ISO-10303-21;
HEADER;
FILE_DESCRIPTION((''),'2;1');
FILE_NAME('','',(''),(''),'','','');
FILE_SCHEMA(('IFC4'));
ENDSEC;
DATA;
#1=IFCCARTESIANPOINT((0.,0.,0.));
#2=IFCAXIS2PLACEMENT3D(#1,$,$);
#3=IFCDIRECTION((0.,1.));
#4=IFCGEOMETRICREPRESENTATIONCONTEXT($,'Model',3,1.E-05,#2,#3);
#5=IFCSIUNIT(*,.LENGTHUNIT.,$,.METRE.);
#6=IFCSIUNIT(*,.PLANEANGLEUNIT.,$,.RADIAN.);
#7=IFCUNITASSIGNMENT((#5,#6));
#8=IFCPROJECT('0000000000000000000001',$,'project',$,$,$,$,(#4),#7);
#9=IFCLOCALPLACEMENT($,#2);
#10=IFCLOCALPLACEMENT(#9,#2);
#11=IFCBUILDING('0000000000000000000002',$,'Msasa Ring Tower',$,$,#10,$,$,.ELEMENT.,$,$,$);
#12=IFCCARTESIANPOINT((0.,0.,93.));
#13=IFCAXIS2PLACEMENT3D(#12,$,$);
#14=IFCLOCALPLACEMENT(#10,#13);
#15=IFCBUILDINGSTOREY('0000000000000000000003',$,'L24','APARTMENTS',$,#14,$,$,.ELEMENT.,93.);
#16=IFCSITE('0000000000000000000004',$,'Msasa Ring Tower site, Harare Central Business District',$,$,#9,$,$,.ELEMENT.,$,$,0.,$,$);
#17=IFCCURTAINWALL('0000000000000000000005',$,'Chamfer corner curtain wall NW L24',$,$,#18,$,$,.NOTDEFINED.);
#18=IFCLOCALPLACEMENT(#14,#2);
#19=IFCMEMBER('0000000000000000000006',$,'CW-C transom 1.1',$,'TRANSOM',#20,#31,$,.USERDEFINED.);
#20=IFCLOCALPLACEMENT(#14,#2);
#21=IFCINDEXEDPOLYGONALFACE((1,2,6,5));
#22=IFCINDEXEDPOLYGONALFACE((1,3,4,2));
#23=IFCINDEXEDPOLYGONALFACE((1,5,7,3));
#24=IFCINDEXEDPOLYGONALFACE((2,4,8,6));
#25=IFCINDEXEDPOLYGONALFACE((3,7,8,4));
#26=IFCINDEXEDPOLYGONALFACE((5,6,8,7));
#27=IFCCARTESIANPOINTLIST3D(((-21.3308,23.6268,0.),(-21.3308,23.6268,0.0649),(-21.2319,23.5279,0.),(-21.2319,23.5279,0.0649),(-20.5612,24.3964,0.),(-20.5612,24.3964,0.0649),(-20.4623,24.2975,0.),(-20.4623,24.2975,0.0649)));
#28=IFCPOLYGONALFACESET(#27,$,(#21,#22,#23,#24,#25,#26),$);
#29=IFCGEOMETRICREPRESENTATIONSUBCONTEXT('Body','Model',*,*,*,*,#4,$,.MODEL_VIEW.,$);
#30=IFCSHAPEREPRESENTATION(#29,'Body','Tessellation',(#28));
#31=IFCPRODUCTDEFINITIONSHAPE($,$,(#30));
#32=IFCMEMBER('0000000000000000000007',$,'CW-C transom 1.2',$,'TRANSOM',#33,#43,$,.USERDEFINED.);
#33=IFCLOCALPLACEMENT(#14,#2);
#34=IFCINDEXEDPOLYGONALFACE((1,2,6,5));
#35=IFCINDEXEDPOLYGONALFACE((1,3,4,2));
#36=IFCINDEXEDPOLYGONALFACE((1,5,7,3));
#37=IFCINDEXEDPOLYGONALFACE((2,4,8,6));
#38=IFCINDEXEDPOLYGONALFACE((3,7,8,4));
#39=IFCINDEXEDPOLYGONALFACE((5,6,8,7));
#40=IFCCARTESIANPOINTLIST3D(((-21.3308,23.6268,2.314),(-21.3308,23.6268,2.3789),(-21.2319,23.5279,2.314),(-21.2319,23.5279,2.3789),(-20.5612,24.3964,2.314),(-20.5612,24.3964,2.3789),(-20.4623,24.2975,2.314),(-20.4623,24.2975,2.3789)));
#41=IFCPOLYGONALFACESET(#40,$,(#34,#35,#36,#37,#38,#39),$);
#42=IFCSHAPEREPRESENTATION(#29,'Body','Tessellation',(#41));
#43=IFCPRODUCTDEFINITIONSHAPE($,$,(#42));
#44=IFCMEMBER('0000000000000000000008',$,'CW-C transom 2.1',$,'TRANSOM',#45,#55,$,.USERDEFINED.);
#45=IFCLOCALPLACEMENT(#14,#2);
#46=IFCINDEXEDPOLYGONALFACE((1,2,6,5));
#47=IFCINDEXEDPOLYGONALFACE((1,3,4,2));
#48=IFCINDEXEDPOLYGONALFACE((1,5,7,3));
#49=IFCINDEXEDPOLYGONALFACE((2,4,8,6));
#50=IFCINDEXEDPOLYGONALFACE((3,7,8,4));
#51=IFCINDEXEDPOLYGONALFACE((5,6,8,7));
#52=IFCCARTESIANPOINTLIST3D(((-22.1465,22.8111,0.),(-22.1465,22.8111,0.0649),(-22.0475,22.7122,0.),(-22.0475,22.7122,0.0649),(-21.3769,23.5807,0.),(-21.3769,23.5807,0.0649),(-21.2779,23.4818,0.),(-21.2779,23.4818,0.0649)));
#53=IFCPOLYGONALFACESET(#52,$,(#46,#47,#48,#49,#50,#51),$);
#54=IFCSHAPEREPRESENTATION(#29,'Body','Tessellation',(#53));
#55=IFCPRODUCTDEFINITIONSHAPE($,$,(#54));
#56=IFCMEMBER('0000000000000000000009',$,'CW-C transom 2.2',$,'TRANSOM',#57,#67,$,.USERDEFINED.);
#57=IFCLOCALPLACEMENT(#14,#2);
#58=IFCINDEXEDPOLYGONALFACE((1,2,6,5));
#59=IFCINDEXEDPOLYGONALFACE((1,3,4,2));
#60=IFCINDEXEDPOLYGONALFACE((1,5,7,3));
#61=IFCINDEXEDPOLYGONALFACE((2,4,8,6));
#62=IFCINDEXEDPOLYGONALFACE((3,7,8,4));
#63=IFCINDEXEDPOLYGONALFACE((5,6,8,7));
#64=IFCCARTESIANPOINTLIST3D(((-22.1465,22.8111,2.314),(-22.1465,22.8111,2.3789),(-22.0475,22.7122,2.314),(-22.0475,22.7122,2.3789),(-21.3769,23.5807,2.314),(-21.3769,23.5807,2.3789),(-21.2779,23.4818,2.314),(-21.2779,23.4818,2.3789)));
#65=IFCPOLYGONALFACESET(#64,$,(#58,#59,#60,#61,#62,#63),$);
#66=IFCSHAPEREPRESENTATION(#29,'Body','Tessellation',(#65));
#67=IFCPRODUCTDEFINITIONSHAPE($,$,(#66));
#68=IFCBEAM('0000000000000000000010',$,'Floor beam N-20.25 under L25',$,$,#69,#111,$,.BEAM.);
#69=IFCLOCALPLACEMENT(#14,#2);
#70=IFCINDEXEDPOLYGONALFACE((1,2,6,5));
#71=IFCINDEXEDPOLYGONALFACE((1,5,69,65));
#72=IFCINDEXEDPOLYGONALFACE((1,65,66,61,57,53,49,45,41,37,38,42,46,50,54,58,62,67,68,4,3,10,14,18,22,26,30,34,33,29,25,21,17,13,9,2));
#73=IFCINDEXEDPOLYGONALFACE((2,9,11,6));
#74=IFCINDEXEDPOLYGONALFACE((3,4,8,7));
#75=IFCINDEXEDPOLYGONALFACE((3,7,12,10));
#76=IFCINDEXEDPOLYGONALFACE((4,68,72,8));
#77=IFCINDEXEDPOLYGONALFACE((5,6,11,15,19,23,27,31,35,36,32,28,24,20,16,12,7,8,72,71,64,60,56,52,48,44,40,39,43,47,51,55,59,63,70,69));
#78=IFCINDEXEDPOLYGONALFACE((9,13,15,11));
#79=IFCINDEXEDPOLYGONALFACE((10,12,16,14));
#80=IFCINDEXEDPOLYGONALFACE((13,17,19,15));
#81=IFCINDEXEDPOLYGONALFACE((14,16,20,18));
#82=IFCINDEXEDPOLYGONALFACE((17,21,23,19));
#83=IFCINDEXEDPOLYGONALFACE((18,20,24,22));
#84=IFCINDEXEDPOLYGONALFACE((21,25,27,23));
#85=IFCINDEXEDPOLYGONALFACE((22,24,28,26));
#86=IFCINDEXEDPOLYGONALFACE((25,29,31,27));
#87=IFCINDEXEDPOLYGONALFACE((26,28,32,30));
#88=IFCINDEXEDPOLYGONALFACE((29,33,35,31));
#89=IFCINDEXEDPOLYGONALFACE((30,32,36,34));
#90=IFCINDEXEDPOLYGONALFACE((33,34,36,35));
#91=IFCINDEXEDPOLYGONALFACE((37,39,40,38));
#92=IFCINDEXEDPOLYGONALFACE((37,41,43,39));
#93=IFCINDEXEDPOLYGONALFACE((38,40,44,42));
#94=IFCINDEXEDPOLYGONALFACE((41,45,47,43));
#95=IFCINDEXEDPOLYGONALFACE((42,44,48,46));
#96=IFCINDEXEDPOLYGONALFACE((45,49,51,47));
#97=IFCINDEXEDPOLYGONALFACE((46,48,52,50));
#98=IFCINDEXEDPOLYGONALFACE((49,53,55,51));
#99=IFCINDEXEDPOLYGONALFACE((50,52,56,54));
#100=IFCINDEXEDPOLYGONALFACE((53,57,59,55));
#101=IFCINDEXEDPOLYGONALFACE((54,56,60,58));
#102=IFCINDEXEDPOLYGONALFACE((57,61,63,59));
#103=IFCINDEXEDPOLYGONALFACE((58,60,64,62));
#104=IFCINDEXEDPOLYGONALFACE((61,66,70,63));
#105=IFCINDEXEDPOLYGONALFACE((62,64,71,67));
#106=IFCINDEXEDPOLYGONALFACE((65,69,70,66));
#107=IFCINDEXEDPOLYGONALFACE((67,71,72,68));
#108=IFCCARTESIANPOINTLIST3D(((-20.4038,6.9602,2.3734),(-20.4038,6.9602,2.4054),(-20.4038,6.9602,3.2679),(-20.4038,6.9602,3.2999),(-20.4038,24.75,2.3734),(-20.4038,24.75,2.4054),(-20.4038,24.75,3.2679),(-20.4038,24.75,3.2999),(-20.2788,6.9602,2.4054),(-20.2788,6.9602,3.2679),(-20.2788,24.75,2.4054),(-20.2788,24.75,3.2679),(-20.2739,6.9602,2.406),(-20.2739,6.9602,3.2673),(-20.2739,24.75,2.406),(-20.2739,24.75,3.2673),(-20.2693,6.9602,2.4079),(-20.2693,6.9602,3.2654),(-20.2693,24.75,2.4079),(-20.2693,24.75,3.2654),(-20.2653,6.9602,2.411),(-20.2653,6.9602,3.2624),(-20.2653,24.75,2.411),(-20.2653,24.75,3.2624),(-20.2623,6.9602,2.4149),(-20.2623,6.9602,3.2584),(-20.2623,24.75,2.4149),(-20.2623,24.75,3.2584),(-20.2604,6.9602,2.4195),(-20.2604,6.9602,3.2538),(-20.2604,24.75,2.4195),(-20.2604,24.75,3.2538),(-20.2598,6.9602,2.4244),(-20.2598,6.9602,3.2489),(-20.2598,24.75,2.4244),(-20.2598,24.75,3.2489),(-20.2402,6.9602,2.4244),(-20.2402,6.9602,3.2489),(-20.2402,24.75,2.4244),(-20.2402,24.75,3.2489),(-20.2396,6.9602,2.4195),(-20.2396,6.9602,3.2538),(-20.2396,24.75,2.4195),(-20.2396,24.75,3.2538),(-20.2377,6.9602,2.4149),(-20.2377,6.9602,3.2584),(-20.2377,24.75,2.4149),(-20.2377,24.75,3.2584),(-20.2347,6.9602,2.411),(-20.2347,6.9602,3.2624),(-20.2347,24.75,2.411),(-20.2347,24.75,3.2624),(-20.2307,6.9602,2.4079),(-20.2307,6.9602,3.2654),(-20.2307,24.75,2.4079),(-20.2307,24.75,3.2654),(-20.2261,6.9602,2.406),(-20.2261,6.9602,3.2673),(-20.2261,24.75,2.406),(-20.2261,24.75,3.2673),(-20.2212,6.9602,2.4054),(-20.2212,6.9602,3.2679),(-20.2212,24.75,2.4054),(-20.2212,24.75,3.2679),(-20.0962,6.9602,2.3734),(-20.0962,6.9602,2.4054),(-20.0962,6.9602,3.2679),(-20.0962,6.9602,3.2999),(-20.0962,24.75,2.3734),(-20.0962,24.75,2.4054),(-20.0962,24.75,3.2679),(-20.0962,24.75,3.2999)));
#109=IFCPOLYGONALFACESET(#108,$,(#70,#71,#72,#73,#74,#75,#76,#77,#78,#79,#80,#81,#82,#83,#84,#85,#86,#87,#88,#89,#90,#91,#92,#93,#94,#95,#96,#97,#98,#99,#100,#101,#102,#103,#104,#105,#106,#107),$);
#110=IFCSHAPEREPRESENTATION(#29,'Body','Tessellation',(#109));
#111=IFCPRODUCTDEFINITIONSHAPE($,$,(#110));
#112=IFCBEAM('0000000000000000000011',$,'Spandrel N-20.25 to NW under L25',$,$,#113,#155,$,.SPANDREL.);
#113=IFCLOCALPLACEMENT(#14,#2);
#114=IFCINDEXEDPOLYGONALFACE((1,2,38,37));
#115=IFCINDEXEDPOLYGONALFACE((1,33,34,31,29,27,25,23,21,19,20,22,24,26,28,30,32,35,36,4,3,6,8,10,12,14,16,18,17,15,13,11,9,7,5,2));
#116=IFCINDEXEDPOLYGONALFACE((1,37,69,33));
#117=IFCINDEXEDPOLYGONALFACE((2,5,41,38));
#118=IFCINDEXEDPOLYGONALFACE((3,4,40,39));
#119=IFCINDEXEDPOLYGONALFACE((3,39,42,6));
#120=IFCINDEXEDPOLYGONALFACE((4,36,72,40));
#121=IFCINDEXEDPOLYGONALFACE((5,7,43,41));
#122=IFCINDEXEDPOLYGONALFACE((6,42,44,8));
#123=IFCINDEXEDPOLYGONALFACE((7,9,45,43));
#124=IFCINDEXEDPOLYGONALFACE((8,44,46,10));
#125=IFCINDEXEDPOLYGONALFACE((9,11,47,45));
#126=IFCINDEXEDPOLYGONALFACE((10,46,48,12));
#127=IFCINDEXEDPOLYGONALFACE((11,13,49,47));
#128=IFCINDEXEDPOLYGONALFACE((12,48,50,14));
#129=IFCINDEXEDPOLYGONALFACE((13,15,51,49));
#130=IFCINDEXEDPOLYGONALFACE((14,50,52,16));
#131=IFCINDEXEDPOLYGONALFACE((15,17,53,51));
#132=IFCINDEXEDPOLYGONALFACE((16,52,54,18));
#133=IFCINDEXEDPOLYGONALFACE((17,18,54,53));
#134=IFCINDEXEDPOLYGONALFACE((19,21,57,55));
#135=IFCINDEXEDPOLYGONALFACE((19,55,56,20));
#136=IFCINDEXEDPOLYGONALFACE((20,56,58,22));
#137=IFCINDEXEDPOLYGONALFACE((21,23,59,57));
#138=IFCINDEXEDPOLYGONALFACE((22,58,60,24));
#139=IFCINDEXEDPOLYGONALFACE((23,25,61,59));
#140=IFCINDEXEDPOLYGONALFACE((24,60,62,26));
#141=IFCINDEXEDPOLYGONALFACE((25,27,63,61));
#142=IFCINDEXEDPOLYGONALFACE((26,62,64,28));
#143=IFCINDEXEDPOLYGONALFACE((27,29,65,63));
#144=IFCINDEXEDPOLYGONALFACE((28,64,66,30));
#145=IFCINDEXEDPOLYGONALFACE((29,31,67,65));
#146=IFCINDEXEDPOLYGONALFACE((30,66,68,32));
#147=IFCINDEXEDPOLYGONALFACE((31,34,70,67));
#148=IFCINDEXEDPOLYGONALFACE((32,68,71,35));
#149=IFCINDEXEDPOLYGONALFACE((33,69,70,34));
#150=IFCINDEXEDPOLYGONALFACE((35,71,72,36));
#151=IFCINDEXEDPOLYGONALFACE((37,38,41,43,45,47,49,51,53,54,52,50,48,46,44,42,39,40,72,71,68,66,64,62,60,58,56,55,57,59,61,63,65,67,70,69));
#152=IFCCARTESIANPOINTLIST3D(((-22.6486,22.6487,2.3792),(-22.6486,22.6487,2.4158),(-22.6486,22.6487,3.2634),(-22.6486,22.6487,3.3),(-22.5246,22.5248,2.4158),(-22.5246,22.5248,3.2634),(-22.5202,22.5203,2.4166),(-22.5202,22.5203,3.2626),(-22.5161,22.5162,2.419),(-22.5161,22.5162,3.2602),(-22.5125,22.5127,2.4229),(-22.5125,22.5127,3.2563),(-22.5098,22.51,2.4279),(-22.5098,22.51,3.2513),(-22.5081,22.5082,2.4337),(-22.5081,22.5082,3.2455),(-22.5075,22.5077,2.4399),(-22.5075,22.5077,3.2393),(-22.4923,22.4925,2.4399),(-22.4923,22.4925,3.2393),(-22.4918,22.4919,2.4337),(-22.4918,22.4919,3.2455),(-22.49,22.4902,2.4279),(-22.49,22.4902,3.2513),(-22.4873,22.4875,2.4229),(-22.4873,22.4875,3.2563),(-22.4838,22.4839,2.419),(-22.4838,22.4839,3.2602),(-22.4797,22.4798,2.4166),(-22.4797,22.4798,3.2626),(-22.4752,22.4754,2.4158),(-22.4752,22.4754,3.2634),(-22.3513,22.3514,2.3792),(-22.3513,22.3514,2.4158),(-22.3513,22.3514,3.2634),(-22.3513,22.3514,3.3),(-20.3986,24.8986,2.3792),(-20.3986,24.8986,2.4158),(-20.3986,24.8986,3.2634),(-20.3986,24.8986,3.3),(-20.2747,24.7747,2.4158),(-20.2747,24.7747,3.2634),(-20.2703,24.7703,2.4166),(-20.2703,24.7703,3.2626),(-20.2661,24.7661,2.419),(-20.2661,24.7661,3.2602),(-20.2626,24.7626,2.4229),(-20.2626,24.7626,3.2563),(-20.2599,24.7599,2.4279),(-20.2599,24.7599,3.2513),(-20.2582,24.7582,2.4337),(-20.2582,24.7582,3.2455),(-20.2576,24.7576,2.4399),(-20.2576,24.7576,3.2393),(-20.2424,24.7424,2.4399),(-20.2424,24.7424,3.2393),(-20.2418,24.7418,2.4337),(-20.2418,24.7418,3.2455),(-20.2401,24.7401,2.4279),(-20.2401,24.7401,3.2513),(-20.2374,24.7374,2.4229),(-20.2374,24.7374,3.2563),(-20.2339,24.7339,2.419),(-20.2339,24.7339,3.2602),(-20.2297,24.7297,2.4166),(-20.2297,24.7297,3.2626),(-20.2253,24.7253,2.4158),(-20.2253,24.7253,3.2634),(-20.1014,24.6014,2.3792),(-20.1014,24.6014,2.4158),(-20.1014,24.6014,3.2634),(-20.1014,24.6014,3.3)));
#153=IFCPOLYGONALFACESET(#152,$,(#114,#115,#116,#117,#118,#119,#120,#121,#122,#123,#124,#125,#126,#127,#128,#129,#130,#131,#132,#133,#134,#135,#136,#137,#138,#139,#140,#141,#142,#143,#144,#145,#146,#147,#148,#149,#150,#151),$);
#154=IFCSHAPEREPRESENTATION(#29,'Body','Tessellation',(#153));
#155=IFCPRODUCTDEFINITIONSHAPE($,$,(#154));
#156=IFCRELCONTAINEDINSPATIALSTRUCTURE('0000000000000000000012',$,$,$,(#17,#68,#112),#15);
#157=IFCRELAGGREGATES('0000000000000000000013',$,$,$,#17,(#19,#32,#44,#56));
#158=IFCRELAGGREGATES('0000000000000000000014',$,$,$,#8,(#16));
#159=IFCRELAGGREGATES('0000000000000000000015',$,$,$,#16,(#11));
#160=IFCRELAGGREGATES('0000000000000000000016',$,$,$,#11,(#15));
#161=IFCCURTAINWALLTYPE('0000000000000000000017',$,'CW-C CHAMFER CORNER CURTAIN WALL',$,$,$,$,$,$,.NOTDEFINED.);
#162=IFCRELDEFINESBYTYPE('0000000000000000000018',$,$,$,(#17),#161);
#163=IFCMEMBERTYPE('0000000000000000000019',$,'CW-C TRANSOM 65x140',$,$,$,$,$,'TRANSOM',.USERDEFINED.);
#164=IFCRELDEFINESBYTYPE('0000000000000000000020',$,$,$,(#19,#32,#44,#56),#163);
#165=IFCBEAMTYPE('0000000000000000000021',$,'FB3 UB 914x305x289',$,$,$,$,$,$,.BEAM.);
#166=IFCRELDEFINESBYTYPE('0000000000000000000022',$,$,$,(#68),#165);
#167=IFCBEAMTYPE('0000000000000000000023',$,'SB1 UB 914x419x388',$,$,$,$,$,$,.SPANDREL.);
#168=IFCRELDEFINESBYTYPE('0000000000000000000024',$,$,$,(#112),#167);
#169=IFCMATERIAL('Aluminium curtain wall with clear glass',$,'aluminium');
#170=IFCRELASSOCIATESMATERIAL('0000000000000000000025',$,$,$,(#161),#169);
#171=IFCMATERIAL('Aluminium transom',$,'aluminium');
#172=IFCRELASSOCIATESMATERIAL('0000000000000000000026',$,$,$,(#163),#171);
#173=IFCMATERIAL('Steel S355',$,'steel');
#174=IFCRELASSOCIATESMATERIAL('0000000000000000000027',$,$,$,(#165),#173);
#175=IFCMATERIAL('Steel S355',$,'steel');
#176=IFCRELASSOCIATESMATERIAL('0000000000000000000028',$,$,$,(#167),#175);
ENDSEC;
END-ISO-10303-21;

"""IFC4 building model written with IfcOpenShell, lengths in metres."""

from ifc_helpers import new_model, si_unit, direction, frame, origin, origin_2d, place, context, subcontext, project, spatial, rectangle, i_section, extrude, material, material_profile, profile_set, type_object, element, aggregate, save


model = new_model("IFC4")

# Units and contexts
model_context = context("Model", 3, precision=1e-05, world=origin(), true_north=direction((0.0, 1.0)))
body_context = subcontext(model_context, "Body", "Model", "MODEL_VIEW")
ifc_project = project(units=[si_unit("LENGTHUNIT", "METRE"), si_unit("PLANEANGLEUNIT", "RADIAN")], contexts=[model_context])

# Site, building, storey
site_placement = place(None, origin())
site = spatial("IfcSite", under=ifc_project, at=site_placement, Name="Msasa Ring Tower site, Harare Central Business District", CompositionType="ELEMENT", RefElevation=0.0)
building_placement = place(site_placement, origin())
building = spatial("IfcBuilding", under=site, at=building_placement, Name="Msasa Ring Tower", CompositionType="ELEMENT")
storey_placement = place(building_placement, frame((0.0, 0.0, 93.0)))
storey = spatial("IfcBuildingStorey", under=building, at=storey_placement, Name="L24", Description="APARTMENTS", CompositionType="ELEMENT", Elevation=93.0)

# Curtain wall
ifc_material_1 = material(Name="Aluminium curtain wall with clear glass", Category="aluminium")
curtain_wall_type = type_object("IfcCurtainWallType", Name="CW-C CHAMFER CORNER CURTAIN WALL", PredefinedType="NOTDEFINED", material=ifc_material_1)
curtain_wall_1_placement = place(storey_placement, origin())
curtain_wall_1 = element("IfcCurtainWall", 1, at=curtain_wall_1_placement, inside=storey, type_object=curtain_wall_type, Name="Chamfer corner curtain wall NW L24", PredefinedType="NOTDEFINED")

# Members
ifc_material_2 = material(Name="Aluminium transom", Category="aluminium")
ifc_material_profile_1 = material_profile(ifc_material_2, rectangle(XDim=0.1399, YDim=0.0649, at=origin_2d()), Name="AL 65x140")
ifc_profile_set_1 = profile_set([ifc_material_profile_1], Name="Aluminium transom")
member_type_1 = type_object("IfcMemberType", Name="CW-C TRANSOM 65x140", ElementType="TRANSOM", PredefinedType="USERDEFINED", material=ifc_profile_set_1)
member_1_placement = place(storey_placement, frame((-20.5117, 24.3469, 0.0325), z_axis=(-0.707107, -0.707107, 0.0), x_axis=(0.707107, -0.707107, 0.0)))
member_1 = element("IfcMember", 2, at=member_1_placement, type_object=member_type_1, Name="CW-C transom 1.1", ObjectType="TRANSOM", PredefinedType="USERDEFINED", context=body_context, shape_type="SweptSolid", body=[
    extrude(rectangle(XDim=0.1399, YDim=0.0649, at=origin_2d()), origin(), (0.0, 0.0, 1.0), 1.0884),
])
member_2_placement = place(storey_placement, frame((-20.5117, 24.3469, 2.3464), z_axis=(-0.707107, -0.707107, 0.0), x_axis=(0.707107, -0.707107, 0.0)))
member_2 = element("IfcMember", 3, at=member_2_placement, type_object=member_type_1, Name="CW-C transom 1.2", ObjectType="TRANSOM", PredefinedType="USERDEFINED", context=body_context, shape_type="SweptSolid", body=[
    extrude(rectangle(XDim=0.1399, YDim=0.0649, at=origin_2d()), origin(), (0.0, 0.0, 1.0), 1.0884),
])
member_3_placement = place(storey_placement, frame((-21.3274, 23.5312, 0.0325), z_axis=(-0.707107, -0.707107, 0.0), x_axis=(0.707107, -0.707107, 0.0)))
member_3 = element("IfcMember", 4, at=member_3_placement, type_object=member_type_1, Name="CW-C transom 2.1", ObjectType="TRANSOM", PredefinedType="USERDEFINED", context=body_context, shape_type="SweptSolid", body=[
    extrude(rectangle(XDim=0.1399, YDim=0.0649, at=origin_2d()), origin(), (0.0, 0.0, 1.0), 1.0884),
])
member_4_placement = place(storey_placement, frame((-21.3274, 23.5312, 2.3464), z_axis=(-0.707107, -0.707107, 0.0), x_axis=(0.707107, -0.707107, 0.0)))
member_4 = element("IfcMember", 5, at=member_4_placement, type_object=member_type_1, Name="CW-C transom 2.2", ObjectType="TRANSOM", PredefinedType="USERDEFINED", context=body_context, shape_type="SweptSolid", body=[
    extrude(rectangle(XDim=0.1399, YDim=0.0649, at=origin_2d()), origin(), (0.0, 0.0, 1.0), 1.0884),
])

# Beams
ifc_material_3 = material(Name="Steel S355", Category="steel")
ifc_material_profile_2 = material_profile(ifc_material_3, i_section(OverallWidth=0.3076, OverallDepth=0.9265, WebThickness=0.0195, FlangeThickness=0.032, FilletRadius=0.019, at=origin_2d()), Name="UB 914x305x289")
ifc_profile_set_2 = profile_set([ifc_material_profile_2], Name="Steel S355")
beam_type_1 = type_object("IfcBeamType", Name="FB3 UB 914x305x289", PredefinedType="BEAM", material=ifc_profile_set_2)
beam_placement = place(storey_placement, frame((-20.25, 24.75, 2.8367), z_axis=(0.0, -1.0, 0.0), x_axis=(1.0, 0.0, 0.0)))
element("IfcBeam", 6, at=beam_placement, inside=storey, type_object=beam_type_1, Name="Floor beam N-20.25 under L25", PredefinedType="BEAM", context=body_context, shape_type="SweptSolid", body=[
    extrude(i_section(OverallWidth=0.3076, OverallDepth=0.9265, WebThickness=0.0195, FlangeThickness=0.032, FilletRadius=0.019, at=origin_2d()), origin(), (0.0, 0.0, 1.0), 17.7898),
])
ifc_material_4 = material(Name="Steel S355", Category="steel")
ifc_material_profile_3 = material_profile(ifc_material_4, i_section(OverallWidth=0.4204, OverallDepth=0.9209, WebThickness=0.0215, FlangeThickness=0.0366, FilletRadius=0.0242, at=origin_2d()), Name="UB 914x419x388")
ifc_profile_set_3 = profile_set([ifc_material_profile_3], Name="Steel S355")
beam_type_2 = type_object("IfcBeamType", Name="SB1 UB 914x419x388", PredefinedType="SPANDREL", material=ifc_profile_set_3)
for number, where, z_axis, x_axis, name in (
    (7, (-20.25, 24.75, 2.8396), (-0.707107, -0.707107, 0.0), (0.707107, -0.707107, 0.0), "Spandrel N-20.25 to NW under L25"),
):
    element("IfcBeam", number, at=place(storey_placement, frame(where, z_axis=z_axis, x_axis=x_axis)), inside=storey, type_object=beam_type_2, Name=name, PredefinedType="SPANDREL", context=body_context, shape_type="SweptSolid", body=[
        extrude(i_section(OverallWidth=0.4204, OverallDepth=0.9209, WebThickness=0.0215, FlangeThickness=0.0366, FilletRadius=0.0242, at=origin_2d()), origin(), (0.0, 0.0, 1.0), 3.1819),
    ])

aggregate(curtain_wall_1, [member_1, member_2, member_3, member_4])

save(model, "model.ifc")
